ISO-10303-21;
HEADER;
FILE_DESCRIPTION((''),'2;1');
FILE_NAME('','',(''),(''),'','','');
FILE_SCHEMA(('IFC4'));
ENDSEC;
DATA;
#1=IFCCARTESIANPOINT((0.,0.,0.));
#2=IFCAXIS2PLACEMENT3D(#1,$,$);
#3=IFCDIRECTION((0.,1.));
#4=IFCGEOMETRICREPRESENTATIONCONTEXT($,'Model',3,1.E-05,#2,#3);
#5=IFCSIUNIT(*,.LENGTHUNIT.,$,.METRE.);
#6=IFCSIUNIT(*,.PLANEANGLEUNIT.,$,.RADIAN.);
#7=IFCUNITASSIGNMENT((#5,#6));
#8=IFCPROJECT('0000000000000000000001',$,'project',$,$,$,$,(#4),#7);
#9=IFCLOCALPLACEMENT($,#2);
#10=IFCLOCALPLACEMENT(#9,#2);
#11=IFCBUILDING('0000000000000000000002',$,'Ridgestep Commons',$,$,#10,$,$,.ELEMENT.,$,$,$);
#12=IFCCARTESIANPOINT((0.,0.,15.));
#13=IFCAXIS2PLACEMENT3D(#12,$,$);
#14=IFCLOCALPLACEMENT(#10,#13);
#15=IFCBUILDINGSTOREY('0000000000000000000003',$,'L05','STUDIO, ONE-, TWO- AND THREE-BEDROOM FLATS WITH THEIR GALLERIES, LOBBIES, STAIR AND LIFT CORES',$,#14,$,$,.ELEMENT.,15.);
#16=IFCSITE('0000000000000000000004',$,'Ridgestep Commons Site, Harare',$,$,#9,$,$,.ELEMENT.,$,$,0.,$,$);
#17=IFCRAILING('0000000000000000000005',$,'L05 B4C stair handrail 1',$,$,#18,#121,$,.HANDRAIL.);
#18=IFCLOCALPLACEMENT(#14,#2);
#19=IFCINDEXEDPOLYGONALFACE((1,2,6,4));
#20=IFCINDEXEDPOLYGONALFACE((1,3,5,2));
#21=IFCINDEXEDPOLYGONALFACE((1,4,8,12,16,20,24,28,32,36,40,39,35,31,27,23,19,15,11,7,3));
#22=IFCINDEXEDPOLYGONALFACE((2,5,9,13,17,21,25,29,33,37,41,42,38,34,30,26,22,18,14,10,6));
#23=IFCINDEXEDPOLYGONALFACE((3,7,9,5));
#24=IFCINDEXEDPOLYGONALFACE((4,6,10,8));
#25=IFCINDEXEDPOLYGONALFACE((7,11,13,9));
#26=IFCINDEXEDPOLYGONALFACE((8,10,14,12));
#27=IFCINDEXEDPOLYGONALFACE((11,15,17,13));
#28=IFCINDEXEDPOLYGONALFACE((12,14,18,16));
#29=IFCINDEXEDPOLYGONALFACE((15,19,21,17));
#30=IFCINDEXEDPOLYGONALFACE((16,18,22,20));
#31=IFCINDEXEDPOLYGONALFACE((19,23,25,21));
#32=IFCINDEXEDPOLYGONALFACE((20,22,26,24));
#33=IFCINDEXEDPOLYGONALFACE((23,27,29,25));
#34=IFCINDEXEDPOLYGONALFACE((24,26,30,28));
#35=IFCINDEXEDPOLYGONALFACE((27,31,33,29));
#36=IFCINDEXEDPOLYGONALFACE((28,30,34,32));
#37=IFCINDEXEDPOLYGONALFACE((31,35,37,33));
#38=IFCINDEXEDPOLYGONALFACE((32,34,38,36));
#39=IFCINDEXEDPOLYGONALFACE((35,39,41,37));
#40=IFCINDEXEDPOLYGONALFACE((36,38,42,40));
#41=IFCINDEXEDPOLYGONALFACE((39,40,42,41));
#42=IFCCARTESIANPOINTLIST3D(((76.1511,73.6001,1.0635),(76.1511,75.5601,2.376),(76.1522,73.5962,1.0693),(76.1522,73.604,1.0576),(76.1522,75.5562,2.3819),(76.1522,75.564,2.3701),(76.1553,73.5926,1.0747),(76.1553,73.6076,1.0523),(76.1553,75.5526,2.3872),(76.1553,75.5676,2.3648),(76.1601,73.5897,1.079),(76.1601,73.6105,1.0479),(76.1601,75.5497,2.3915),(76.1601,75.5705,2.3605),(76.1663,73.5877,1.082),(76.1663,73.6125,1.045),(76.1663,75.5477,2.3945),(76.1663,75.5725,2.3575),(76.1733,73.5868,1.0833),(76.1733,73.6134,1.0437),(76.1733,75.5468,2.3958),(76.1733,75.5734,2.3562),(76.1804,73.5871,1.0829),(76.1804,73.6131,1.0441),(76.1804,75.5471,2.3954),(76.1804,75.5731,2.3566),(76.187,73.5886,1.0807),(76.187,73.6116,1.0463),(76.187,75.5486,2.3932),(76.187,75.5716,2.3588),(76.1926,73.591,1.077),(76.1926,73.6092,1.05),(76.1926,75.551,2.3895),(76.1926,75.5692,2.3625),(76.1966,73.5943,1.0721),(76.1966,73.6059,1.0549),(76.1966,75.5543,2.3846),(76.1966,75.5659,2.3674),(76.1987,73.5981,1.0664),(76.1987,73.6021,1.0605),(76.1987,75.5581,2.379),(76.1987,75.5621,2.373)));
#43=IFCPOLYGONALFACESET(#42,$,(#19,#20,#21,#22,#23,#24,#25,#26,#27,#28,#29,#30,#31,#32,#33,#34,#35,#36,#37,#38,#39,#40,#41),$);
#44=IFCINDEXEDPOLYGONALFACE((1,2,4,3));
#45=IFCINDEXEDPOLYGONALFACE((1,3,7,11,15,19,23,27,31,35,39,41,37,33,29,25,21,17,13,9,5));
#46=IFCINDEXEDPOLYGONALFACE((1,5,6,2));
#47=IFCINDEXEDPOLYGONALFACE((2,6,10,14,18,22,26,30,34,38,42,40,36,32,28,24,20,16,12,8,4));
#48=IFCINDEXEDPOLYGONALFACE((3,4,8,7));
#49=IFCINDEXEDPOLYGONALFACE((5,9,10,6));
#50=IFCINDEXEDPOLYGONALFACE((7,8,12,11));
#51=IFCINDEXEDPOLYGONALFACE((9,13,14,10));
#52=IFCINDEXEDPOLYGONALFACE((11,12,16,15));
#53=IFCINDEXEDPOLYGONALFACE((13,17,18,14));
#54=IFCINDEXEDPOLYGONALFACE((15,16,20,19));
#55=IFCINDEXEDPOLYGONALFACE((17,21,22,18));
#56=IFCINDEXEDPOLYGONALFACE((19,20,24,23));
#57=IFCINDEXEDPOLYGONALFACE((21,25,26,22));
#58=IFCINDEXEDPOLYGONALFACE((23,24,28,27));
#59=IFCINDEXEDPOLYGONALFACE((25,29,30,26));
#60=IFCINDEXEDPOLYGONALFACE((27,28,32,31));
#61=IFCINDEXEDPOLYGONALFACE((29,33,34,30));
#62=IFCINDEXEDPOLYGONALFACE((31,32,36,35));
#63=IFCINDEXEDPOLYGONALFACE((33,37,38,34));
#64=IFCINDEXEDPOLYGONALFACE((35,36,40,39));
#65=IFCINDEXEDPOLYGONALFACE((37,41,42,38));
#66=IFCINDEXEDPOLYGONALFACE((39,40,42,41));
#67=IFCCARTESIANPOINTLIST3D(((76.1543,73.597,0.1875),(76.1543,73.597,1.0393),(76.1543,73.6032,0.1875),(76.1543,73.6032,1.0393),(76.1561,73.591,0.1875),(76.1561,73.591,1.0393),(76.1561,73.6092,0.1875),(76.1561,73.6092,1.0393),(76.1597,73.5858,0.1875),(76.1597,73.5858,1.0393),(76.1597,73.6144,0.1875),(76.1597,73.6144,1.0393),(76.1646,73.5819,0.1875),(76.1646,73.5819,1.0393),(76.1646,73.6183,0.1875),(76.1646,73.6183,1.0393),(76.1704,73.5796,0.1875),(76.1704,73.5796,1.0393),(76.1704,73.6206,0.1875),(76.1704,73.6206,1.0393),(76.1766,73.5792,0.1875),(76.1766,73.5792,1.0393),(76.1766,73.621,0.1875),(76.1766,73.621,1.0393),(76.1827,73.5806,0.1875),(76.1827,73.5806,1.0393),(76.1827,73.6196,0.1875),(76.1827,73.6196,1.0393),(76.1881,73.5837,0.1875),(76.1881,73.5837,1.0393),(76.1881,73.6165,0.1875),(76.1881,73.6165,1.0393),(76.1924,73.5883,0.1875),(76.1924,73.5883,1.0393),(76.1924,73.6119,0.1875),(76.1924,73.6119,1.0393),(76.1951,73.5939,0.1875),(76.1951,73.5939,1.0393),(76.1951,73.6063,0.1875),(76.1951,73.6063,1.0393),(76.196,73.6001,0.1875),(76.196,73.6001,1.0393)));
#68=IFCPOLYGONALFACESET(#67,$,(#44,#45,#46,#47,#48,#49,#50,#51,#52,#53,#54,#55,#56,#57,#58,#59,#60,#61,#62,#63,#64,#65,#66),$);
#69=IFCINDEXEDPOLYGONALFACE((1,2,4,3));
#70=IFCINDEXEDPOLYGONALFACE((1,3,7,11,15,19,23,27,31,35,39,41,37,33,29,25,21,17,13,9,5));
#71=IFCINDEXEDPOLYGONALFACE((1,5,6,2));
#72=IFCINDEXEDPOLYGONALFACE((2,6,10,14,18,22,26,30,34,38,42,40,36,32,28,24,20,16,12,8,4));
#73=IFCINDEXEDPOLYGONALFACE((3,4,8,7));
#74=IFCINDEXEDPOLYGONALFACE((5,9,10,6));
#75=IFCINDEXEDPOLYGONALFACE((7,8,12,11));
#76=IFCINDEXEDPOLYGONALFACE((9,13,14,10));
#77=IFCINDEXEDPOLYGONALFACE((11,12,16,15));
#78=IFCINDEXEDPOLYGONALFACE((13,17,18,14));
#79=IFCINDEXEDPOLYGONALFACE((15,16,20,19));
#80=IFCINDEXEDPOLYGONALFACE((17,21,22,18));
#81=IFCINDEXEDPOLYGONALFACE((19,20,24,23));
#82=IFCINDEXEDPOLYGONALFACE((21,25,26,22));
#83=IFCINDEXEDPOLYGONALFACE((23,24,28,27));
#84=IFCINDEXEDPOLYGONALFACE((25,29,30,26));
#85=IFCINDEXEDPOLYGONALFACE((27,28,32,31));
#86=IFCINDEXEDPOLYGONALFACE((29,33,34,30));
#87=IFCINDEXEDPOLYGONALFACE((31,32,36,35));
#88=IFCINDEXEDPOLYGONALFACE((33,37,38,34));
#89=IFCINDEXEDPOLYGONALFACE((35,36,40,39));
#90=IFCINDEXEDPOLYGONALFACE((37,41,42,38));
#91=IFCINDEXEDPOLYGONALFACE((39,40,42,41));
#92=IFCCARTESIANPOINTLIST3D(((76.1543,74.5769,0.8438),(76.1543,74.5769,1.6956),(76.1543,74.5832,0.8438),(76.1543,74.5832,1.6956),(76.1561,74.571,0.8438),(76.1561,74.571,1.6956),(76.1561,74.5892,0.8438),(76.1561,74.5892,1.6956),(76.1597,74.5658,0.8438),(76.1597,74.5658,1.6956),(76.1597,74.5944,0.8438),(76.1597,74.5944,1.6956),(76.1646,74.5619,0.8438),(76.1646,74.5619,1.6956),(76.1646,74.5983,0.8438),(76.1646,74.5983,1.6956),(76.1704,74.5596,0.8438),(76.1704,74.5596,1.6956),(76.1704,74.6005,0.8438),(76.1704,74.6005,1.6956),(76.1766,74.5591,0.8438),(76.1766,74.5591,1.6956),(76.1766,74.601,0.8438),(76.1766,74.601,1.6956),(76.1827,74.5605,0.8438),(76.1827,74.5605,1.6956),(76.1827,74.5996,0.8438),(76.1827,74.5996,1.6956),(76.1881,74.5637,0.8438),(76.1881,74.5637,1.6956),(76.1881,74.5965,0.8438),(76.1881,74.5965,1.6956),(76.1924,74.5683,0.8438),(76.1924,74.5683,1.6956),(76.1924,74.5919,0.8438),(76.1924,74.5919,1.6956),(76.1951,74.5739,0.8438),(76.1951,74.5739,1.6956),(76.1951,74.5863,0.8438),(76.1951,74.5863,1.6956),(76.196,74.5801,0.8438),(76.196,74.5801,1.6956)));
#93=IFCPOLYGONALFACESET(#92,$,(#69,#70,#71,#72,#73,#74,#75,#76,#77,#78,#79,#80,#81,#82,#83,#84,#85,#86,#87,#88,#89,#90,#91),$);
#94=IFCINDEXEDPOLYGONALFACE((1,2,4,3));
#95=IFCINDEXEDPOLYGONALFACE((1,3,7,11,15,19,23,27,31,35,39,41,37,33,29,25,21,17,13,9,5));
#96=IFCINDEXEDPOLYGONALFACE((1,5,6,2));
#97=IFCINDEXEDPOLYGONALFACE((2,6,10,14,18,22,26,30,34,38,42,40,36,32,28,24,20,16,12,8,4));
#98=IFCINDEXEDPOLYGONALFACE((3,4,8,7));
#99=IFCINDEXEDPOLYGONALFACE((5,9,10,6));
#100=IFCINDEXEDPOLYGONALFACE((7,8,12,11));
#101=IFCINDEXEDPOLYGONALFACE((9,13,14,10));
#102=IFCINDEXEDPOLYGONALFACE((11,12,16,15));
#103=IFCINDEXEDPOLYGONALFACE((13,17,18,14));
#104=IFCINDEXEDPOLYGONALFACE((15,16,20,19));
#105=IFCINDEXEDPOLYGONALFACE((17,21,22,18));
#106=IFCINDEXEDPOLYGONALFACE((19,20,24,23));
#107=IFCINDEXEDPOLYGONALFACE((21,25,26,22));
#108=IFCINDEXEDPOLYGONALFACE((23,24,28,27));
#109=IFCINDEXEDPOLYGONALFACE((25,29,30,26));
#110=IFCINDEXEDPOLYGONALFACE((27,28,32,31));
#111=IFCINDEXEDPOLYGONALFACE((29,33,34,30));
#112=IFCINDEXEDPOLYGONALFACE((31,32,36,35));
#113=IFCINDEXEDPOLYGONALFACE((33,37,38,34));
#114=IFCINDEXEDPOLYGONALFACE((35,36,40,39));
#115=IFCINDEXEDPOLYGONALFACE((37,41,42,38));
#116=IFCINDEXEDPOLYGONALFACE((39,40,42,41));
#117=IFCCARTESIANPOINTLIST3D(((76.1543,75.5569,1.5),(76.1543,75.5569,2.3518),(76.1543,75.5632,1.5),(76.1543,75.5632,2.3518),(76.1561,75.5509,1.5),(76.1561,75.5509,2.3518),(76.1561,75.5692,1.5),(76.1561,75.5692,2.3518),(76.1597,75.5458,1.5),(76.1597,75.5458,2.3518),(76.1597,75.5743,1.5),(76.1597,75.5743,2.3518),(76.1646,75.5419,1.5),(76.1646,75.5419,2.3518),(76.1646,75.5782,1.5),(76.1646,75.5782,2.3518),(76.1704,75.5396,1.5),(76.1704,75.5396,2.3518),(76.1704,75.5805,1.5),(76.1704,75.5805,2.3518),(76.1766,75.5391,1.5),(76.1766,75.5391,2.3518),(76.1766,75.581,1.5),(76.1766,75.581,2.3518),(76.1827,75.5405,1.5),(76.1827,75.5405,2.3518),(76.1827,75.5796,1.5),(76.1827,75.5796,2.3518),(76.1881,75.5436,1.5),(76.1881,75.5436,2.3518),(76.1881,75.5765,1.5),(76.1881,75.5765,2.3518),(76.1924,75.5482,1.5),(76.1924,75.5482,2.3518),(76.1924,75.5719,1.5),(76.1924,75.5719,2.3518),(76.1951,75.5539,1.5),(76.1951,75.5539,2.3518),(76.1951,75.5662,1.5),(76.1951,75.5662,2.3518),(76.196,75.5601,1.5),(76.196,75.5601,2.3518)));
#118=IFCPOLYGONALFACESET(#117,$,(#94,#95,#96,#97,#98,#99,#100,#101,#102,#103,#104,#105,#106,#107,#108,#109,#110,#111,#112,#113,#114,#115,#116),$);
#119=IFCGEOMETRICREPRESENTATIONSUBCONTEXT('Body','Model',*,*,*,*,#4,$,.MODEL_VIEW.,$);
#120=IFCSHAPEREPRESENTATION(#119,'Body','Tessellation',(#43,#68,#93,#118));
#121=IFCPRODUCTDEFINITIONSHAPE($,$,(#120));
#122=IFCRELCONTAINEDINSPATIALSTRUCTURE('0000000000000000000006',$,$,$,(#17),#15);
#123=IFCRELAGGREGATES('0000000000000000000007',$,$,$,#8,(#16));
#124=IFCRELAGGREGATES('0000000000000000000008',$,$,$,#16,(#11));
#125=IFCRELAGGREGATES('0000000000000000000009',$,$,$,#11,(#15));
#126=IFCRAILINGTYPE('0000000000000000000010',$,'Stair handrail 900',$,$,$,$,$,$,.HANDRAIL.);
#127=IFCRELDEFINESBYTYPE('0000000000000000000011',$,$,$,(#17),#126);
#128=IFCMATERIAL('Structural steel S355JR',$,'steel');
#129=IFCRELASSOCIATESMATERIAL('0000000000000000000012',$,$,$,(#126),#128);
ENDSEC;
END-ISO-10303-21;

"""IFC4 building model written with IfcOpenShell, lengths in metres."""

from ifc_helpers import new_model, si_unit, direction, frame, origin, origin_2d, place, context, subcontext, project, spatial, circle, extrude, material, type_object, element, save


model = new_model("IFC4")

# Units and contexts
model_context = context("Model", 3, precision=1e-05, world=origin(), true_north=direction((0.0, 1.0)))
body_context = subcontext(model_context, "Body", "Model", "MODEL_VIEW")
ifc_project = project(units=[si_unit("LENGTHUNIT", "METRE"), si_unit("PLANEANGLEUNIT", "RADIAN")], contexts=[model_context])

# Site, building, storey
site_placement = place(None, origin())
site = spatial("IfcSite", under=ifc_project, at=site_placement, Name="Ridgestep Commons Site, Harare", CompositionType="ELEMENT", RefElevation=0.0)
building_placement = place(site_placement, origin())
building = spatial("IfcBuilding", under=site, at=building_placement, Name="Ridgestep Commons", CompositionType="ELEMENT")
storey_placement = place(building_placement, frame((0.0, 0.0, 15.0)))
storey = spatial("IfcBuildingStorey", under=building, at=storey_placement, Name="L05", Description="STUDIO, ONE-, TWO- AND THREE-BEDROOM FLATS WITH THEIR GALLERIES, LOBBIES, STAIR AND LIFT CORES", CompositionType="ELEMENT", Elevation=15.0)

# Railing
ifc_material_1 = material(Name="Structural steel S355JR", Category="steel")
railing_type_1 = type_object("IfcRailingType", Name="Stair handrail 900", PredefinedType="HANDRAIL", material=ifc_material_1)
railing_1_placement = place(storey_placement, frame((76.175, 73.6001, 0.1875)))
element("IfcRailing", 1, at=railing_1_placement, inside=storey, type_object=railing_type_1, Name="L05 B4C stair handrail 1", PredefinedType="HANDRAIL", context=body_context, shape_type="SweptSolid", body=[
    extrude(circle(Radius=0.0239, at=origin_2d()), frame((0.0, 0.0, 0.876), z_axis=(0.0, 0.830902, 0.556419), x_axis=(-1.0, 0.0, 0.0)), (0.0, 0.0, 1.0), 2.3589),
    extrude(circle(Radius=0.021, at=origin_2d()), origin(), (0.0, 0.0, 1.0), 0.8518),
    extrude(circle(Radius=0.021, at=origin_2d()), frame((0.0, 0.98, 0.6562)), (0.0, 0.0, 1.0), 0.8518),
    extrude(circle(Radius=0.021, at=origin_2d()), frame((0.0, 1.96, 1.3125)), (0.0, 0.0, 1.0), 0.8518),
])

save(model, "model.ifc")
